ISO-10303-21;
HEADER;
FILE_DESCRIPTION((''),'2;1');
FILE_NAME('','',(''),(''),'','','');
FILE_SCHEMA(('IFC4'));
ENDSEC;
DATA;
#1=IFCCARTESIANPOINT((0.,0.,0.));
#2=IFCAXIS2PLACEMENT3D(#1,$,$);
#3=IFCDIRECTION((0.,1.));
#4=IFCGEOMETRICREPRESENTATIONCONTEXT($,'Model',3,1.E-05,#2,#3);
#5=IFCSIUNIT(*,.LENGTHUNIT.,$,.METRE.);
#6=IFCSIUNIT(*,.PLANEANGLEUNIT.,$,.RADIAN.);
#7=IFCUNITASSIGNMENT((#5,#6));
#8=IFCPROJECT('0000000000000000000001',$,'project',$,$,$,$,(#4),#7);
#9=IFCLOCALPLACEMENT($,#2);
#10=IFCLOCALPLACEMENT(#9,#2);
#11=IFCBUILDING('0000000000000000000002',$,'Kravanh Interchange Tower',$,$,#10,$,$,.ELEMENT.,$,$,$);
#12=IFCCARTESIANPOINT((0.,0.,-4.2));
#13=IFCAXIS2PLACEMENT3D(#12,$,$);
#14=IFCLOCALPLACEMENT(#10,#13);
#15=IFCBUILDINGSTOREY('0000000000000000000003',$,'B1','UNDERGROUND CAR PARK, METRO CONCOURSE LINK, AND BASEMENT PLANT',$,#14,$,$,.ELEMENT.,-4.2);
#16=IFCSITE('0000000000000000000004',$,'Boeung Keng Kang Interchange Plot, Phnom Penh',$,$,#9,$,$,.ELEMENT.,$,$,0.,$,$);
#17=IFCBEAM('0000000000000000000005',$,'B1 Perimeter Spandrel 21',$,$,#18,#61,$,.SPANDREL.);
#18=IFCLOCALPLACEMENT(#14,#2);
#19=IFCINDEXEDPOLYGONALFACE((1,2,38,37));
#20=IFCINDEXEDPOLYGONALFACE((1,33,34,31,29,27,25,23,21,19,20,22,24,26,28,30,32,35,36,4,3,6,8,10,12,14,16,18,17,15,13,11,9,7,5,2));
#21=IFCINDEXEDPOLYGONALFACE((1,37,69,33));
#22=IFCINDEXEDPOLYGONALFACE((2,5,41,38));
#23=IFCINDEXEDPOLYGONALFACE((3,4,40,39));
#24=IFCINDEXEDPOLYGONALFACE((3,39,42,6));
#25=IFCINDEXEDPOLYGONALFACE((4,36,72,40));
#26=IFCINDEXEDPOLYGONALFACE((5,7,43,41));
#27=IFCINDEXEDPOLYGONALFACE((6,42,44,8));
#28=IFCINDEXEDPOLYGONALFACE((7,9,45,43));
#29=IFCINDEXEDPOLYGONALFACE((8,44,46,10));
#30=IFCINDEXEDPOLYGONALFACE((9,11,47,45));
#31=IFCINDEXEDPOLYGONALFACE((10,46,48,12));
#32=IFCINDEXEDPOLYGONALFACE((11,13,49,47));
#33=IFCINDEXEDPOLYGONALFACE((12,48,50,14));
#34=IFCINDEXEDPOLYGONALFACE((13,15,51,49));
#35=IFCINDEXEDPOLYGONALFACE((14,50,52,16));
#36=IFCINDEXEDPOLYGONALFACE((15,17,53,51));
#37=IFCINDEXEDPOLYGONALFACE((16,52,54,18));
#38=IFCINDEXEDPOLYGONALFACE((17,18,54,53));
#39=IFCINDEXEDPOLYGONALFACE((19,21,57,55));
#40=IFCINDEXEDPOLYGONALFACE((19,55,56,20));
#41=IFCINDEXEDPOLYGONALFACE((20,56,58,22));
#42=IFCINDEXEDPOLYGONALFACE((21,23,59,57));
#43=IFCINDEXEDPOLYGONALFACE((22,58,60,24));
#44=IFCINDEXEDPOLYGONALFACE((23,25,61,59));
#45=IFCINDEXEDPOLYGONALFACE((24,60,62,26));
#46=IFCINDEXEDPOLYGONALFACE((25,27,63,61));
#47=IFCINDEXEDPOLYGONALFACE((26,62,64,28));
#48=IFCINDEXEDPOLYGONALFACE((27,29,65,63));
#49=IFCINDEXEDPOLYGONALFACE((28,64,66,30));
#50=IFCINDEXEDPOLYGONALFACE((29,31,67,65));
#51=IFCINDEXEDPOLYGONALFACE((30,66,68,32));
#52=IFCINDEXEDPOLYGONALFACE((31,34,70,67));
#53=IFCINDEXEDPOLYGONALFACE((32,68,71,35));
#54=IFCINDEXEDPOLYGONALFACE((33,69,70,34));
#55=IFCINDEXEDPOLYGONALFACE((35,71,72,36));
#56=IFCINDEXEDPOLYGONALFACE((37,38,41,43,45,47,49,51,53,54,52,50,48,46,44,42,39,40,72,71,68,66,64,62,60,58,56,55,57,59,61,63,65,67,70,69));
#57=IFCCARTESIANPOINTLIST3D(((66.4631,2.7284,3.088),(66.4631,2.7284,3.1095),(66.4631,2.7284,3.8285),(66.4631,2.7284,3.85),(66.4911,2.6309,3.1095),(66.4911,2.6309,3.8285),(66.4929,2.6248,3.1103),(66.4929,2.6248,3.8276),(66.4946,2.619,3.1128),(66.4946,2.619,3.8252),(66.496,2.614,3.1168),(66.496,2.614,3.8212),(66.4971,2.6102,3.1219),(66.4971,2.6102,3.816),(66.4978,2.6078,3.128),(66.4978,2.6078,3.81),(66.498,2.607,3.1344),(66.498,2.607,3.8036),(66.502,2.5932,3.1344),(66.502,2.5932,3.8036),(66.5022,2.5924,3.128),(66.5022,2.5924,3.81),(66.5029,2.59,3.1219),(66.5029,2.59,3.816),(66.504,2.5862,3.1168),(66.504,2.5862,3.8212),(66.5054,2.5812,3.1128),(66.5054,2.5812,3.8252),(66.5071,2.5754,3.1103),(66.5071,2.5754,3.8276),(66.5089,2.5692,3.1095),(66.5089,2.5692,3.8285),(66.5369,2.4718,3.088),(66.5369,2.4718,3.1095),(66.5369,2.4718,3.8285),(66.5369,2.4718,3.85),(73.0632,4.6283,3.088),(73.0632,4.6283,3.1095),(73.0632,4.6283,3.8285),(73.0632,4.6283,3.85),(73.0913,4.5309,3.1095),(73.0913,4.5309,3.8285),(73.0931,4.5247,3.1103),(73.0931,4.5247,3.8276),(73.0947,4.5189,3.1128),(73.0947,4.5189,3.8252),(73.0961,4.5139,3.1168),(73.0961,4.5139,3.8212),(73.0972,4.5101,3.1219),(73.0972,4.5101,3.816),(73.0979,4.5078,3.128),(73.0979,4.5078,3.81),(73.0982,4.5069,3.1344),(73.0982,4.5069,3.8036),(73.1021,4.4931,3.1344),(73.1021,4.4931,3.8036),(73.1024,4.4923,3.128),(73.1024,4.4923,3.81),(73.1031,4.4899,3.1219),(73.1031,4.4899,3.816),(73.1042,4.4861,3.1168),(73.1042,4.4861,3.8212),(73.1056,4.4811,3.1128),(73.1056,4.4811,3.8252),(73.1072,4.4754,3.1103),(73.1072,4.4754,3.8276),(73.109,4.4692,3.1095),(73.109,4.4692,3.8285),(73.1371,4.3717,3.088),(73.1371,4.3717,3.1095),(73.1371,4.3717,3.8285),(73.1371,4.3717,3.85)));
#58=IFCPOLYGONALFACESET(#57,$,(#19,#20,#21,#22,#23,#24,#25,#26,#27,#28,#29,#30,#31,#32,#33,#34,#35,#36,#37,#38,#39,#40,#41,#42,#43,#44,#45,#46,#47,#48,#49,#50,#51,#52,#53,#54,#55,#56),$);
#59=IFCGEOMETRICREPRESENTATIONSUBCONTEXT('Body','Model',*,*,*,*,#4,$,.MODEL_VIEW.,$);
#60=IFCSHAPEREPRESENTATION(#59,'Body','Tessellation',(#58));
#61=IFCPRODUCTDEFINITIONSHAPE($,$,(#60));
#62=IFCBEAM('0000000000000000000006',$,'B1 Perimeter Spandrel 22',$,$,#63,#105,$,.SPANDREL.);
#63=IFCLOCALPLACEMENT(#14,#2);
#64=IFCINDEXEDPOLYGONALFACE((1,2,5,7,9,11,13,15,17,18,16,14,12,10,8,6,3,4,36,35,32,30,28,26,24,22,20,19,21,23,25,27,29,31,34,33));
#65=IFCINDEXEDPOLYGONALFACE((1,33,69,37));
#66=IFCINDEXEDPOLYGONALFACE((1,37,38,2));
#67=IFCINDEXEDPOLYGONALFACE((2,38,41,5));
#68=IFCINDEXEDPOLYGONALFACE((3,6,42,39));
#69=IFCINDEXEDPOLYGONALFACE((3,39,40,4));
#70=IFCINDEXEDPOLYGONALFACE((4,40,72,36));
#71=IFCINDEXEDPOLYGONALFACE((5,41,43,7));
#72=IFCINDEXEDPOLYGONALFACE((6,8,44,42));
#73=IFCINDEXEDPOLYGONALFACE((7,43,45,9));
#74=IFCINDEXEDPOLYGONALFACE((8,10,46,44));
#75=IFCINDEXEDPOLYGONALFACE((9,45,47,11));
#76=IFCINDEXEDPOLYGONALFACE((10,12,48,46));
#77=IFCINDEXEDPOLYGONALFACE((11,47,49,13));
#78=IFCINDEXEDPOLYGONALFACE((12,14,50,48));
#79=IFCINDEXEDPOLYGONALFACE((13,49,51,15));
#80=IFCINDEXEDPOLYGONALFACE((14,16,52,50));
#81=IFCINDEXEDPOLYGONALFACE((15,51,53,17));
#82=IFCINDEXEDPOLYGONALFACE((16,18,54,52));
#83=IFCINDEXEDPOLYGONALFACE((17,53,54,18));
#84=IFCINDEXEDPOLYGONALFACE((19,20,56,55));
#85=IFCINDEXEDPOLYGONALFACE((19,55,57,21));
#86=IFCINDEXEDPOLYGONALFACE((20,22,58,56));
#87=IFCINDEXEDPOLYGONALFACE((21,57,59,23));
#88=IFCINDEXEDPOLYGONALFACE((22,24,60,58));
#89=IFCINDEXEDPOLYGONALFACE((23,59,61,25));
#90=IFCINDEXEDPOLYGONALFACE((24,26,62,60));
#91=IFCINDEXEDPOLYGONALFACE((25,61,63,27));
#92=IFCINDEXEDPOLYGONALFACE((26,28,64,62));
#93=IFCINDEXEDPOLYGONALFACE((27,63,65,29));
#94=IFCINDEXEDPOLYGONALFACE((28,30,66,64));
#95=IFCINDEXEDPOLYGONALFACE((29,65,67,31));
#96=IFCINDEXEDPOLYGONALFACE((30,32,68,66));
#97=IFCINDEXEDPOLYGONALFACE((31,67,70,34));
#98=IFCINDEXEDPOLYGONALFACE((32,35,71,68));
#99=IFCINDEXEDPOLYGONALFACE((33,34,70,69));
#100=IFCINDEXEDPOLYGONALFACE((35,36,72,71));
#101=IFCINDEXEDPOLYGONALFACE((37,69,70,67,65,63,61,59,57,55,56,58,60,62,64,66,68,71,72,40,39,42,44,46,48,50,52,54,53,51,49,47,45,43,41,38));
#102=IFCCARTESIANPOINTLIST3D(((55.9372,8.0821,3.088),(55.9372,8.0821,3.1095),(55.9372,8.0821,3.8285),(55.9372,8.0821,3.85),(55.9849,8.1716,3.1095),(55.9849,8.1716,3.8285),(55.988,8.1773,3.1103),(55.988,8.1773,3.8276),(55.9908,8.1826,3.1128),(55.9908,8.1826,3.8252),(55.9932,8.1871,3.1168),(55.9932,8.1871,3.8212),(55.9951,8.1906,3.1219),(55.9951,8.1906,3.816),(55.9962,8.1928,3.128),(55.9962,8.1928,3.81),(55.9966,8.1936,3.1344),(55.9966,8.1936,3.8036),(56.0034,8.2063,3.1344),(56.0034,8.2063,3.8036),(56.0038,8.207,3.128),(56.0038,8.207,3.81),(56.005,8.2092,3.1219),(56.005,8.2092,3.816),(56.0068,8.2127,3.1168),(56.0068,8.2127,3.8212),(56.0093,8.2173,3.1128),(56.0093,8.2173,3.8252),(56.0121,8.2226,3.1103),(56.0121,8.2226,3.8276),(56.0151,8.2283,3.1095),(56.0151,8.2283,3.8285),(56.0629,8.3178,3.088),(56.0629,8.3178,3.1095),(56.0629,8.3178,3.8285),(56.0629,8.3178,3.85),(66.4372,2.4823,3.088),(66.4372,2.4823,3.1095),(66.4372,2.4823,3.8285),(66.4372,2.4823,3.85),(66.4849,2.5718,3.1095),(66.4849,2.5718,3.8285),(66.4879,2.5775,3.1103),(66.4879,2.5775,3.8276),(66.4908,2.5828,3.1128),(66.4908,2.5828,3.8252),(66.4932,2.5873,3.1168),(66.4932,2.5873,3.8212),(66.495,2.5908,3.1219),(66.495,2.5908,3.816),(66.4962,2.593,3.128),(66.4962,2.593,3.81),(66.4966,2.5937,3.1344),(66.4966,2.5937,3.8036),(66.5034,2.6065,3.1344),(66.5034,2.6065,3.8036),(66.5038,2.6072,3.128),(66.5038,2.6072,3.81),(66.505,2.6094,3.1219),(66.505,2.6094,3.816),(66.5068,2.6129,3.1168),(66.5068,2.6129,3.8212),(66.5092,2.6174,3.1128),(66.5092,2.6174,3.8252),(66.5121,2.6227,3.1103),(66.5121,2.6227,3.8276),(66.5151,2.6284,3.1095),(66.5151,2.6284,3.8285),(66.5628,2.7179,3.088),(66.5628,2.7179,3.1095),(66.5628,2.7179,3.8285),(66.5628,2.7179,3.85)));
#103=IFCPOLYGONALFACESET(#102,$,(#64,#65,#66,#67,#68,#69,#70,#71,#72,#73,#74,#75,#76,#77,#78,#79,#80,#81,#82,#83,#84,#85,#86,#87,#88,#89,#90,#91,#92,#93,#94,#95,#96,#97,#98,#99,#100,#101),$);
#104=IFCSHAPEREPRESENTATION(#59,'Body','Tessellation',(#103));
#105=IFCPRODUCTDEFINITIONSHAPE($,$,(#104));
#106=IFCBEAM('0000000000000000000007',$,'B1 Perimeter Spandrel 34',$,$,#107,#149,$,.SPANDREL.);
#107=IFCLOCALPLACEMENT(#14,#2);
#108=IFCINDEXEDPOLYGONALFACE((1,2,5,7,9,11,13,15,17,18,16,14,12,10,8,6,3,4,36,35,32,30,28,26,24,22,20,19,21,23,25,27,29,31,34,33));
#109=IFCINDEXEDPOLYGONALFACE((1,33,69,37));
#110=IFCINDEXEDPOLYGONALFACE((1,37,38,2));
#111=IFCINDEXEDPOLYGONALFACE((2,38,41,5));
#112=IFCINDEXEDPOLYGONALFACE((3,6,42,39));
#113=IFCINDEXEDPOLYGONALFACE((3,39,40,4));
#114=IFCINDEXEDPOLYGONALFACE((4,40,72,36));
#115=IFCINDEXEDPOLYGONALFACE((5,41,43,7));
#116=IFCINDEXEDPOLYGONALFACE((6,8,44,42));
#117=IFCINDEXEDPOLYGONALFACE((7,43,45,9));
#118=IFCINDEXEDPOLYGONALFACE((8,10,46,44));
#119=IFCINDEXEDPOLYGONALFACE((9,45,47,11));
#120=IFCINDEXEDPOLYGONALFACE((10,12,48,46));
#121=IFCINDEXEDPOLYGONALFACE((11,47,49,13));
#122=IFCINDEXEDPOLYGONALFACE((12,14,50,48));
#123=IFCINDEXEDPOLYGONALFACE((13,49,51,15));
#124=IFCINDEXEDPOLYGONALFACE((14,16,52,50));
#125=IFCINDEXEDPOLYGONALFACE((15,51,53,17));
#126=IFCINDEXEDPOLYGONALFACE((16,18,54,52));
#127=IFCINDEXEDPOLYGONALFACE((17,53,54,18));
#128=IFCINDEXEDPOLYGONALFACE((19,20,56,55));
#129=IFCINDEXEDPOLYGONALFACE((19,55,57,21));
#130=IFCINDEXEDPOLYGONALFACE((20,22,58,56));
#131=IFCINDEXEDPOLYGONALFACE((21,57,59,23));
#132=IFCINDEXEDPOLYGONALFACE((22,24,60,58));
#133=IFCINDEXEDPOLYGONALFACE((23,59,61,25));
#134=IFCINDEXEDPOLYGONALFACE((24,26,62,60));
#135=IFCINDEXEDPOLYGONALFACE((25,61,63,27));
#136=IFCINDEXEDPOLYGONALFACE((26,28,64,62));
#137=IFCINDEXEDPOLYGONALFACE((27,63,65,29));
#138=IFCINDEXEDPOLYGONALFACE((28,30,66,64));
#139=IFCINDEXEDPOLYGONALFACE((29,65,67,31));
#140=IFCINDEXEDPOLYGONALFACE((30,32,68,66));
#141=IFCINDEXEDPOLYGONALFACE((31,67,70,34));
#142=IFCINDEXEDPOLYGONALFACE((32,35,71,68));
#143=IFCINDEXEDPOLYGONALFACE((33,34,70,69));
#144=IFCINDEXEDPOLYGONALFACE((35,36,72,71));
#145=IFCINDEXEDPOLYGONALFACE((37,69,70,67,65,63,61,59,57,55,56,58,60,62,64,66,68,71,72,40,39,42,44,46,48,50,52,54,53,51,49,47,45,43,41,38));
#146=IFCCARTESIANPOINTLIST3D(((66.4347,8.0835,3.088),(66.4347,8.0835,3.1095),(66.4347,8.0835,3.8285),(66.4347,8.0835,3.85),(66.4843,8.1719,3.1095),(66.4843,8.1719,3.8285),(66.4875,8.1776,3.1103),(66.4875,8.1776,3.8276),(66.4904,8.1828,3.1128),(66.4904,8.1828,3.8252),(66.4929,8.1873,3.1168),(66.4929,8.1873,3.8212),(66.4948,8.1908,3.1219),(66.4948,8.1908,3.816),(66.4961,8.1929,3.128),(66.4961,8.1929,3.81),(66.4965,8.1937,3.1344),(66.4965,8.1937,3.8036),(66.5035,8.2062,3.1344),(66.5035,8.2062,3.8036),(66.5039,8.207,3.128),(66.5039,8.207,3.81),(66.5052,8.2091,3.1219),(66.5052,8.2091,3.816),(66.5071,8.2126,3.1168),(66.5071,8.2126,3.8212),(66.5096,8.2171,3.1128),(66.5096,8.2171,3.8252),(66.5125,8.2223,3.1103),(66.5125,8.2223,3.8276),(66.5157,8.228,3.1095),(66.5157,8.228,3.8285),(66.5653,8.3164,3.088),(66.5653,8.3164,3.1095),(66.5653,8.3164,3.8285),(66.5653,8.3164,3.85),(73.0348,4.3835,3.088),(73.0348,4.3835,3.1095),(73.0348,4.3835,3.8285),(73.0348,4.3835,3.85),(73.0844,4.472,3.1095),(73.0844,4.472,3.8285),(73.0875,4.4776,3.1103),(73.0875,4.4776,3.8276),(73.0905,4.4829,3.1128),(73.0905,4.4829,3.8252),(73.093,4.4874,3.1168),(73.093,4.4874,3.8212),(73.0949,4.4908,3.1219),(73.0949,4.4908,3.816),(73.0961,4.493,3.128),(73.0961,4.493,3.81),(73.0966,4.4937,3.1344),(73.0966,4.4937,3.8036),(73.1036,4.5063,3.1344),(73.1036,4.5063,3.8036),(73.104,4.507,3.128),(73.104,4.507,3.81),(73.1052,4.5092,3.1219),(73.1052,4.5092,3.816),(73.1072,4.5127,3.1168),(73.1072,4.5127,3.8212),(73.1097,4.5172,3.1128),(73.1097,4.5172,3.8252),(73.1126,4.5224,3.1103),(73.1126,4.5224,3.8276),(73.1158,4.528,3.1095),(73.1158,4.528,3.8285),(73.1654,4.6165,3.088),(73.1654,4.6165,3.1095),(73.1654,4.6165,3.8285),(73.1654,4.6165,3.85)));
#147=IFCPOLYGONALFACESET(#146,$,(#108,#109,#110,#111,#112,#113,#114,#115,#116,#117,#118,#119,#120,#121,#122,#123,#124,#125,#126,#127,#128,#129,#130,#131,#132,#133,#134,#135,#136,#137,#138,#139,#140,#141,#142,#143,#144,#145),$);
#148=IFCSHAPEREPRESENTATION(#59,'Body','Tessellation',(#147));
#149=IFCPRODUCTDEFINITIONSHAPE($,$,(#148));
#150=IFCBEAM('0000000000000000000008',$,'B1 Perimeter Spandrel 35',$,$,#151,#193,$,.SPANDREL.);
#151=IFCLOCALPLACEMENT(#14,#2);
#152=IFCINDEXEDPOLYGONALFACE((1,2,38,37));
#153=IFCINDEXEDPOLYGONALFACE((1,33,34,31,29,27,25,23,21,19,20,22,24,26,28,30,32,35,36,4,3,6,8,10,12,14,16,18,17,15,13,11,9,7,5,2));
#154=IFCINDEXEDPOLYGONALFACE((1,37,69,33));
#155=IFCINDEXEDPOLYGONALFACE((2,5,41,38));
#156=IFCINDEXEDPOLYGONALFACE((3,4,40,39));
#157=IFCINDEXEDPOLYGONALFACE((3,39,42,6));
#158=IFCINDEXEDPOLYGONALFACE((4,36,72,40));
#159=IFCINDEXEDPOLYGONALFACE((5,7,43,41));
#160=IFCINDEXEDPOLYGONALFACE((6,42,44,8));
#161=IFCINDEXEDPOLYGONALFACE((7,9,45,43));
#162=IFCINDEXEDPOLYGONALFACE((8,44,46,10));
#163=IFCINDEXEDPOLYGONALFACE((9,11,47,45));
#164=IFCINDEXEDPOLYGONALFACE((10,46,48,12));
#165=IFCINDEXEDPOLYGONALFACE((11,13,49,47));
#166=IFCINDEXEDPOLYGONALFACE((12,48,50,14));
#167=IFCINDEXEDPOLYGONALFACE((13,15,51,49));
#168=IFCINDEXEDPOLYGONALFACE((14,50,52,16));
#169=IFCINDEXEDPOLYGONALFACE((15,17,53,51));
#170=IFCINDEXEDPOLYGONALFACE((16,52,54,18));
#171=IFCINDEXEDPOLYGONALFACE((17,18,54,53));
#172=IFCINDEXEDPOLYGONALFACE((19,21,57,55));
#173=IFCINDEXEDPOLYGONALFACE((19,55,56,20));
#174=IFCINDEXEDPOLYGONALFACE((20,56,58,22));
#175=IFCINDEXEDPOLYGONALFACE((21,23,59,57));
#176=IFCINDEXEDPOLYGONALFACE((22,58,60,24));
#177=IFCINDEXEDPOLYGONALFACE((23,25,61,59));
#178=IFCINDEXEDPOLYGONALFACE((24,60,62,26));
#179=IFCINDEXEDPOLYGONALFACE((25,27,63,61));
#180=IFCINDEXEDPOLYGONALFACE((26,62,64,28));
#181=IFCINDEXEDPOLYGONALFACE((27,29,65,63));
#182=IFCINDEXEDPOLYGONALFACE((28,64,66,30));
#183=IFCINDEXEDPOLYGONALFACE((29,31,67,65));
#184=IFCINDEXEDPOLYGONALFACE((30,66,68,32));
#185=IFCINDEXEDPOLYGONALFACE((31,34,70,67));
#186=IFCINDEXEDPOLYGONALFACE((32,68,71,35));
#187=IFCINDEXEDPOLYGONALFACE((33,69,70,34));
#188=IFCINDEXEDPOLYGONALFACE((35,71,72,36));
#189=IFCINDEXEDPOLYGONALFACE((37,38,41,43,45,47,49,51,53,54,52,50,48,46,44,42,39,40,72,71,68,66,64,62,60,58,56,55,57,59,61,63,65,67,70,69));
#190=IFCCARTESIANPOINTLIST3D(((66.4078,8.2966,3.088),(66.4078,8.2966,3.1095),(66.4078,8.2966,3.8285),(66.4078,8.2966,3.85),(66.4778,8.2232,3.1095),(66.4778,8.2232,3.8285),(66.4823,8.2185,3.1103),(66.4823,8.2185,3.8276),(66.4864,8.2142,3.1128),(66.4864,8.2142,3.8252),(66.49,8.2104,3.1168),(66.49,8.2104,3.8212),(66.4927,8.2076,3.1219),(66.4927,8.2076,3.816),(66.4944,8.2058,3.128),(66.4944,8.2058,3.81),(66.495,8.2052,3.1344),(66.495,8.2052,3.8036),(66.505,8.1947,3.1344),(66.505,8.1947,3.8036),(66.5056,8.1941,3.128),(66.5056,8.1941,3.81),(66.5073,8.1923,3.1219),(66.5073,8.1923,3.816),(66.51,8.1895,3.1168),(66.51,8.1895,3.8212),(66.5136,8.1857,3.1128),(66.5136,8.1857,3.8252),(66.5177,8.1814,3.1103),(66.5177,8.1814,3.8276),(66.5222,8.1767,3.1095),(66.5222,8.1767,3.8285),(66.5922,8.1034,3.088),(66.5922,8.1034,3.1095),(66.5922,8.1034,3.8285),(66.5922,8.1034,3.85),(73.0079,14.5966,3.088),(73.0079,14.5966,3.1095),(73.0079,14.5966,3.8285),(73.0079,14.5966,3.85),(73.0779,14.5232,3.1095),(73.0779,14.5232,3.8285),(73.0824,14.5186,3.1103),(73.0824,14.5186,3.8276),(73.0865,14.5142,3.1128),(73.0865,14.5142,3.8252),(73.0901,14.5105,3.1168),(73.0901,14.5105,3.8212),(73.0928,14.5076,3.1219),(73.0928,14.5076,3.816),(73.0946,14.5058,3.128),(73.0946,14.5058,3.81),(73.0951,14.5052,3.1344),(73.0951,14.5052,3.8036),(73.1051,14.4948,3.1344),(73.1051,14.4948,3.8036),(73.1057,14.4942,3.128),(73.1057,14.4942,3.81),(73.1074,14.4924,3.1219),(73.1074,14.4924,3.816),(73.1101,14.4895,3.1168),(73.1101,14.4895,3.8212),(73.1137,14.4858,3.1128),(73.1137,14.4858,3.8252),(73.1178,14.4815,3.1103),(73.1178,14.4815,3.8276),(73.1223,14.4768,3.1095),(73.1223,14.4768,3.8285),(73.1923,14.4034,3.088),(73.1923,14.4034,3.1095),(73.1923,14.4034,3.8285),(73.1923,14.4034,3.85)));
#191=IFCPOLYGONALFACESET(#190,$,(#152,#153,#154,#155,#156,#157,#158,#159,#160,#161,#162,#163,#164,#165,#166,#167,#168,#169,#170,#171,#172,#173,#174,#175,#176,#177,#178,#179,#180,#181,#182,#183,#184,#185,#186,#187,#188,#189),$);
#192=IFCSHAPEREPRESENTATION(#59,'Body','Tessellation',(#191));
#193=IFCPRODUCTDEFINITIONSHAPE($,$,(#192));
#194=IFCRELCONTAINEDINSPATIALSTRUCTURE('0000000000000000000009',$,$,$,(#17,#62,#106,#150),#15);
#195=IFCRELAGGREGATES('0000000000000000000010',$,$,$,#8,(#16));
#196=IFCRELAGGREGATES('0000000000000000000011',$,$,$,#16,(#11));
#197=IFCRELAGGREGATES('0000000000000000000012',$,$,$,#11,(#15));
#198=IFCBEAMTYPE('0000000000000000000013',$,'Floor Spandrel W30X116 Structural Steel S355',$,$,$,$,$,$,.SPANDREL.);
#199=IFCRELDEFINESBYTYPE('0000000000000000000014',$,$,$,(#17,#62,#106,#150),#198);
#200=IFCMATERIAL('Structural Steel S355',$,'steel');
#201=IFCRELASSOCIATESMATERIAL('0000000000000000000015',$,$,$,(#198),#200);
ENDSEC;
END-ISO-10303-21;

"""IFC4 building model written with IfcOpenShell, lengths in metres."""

from ifc_helpers import new_model, si_unit, direction, frame, origin, origin_2d, place, context, subcontext, project, spatial, i_section, extrude, material, material_profile, profile_set, type_object, element, save


model = new_model("IFC4")

# Units and contexts
model_context = context("Model", 3, precision=1e-05, world=origin(), true_north=direction((0.0, 1.0)))
body_context = subcontext(model_context, "Body", "Model", "MODEL_VIEW")
ifc_project = project(units=[si_unit("LENGTHUNIT", "METRE"), si_unit("PLANEANGLEUNIT", "RADIAN")], contexts=[model_context])

# Site, building, storey
site_placement = place(None, origin())
site = spatial("IfcSite", under=ifc_project, at=site_placement, Name="Boeung Keng Kang Interchange Plot, Phnom Penh", CompositionType="ELEMENT", RefElevation=0.0)
building_placement = place(site_placement, origin())
building = spatial("IfcBuilding", under=site, at=building_placement, Name="Kravanh Interchange Tower", CompositionType="ELEMENT")
storey_placement = place(building_placement, frame((0.0, 0.0, -4.2)))
storey = spatial("IfcBuildingStorey", under=building, at=storey_placement, Name="B1", Description="UNDERGROUND CAR PARK, METRO CONCOURSE LINK, AND BASEMENT PLANT", CompositionType="ELEMENT", Elevation=-4.2)

# Beams
ifc_material_1 = material(Name="Structural Steel S355", Category="steel")
ifc_material_profile_1 = material_profile(ifc_material_1, i_section(OverallWidth=0.2671, OverallDepth=0.762, WebThickness=0.0144, FlangeThickness=0.0215, FilletRadius=0.0249, at=origin_2d()), Name="W30X116")
ifc_profile_set_1 = profile_set([ifc_material_profile_1], Name="Structural Steel S355")
beam_type_1 = type_object("IfcBeamType", Name="Floor Spandrel W30X116 Structural Steel S355", PredefinedType="SPANDREL", material=ifc_profile_set_1)
beam_1_placement = place(storey_placement, frame((66.5, 2.6001, 3.469), z_axis=(0.960977, 0.276627, 0.0), x_axis=(-0.276627, 0.960977, 0.0)))
element("IfcBeam", 1, at=beam_1_placement, inside=storey, type_object=beam_type_1, Name="B1 Perimeter Spandrel 21", PredefinedType="SPANDREL", context=body_context, shape_type="SweptSolid", body=[
    extrude(i_section(OverallWidth=0.2671, OverallDepth=0.762, WebThickness=0.0144, FlangeThickness=0.0215, FilletRadius=0.0249, at=origin_2d()), origin(), (0.0, 0.0, 1.0), 6.8682),
])
beam_2_placement = place(storey_placement, frame((66.5, 2.6001, 3.469), z_axis=(-0.882358, 0.470579, 0.0), x_axis=(-0.470579, -0.882358, 0.0)))
element("IfcBeam", 2, at=beam_2_placement, inside=storey, type_object=beam_type_1, Name="B1 Perimeter Spandrel 22", PredefinedType="SPANDREL", context=body_context, shape_type="SweptSolid", body=[
    extrude(i_section(OverallWidth=0.2671, OverallDepth=0.762, WebThickness=0.0144, FlangeThickness=0.0215, FilletRadius=0.0249, at=origin_2d()), origin(), (0.0, 0.0, 1.0), 11.8999),
])
beam_3_placement = place(storey_placement, frame((66.5, 8.2, 3.469), z_axis=(0.872286, -0.488995, 0.0), x_axis=(0.488995, 0.872286, 0.0)))
element("IfcBeam", 3, at=beam_3_placement, inside=storey, type_object=beam_type_1, Name="B1 Perimeter Spandrel 34", PredefinedType="SPANDREL", context=body_context, shape_type="SweptSolid", body=[
    extrude(i_section(OverallWidth=0.2671, OverallDepth=0.762, WebThickness=0.0144, FlangeThickness=0.0215, FilletRadius=0.0249, at=origin_2d()), origin(), (0.0, 0.0, 1.0), 7.5664),
])
beam_4_placement = place(storey_placement, frame((66.5, 8.2, 3.469), z_axis=(0.723358, 0.690473, 0.0), x_axis=(-0.690473, 0.723358, 0.0)))
element("IfcBeam", 4, at=beam_4_placement, inside=storey, type_object=beam_type_1, Name="B1 Perimeter Spandrel 35", PredefinedType="SPANDREL", context=body_context, shape_type="SweptSolid", body=[
    extrude(i_section(OverallWidth=0.2671, OverallDepth=0.762, WebThickness=0.0144, FlangeThickness=0.0215, FilletRadius=0.0249, at=origin_2d()), origin(), (0.0, 0.0, 1.0), 9.1243),
])

save(model, "model.ifc")
